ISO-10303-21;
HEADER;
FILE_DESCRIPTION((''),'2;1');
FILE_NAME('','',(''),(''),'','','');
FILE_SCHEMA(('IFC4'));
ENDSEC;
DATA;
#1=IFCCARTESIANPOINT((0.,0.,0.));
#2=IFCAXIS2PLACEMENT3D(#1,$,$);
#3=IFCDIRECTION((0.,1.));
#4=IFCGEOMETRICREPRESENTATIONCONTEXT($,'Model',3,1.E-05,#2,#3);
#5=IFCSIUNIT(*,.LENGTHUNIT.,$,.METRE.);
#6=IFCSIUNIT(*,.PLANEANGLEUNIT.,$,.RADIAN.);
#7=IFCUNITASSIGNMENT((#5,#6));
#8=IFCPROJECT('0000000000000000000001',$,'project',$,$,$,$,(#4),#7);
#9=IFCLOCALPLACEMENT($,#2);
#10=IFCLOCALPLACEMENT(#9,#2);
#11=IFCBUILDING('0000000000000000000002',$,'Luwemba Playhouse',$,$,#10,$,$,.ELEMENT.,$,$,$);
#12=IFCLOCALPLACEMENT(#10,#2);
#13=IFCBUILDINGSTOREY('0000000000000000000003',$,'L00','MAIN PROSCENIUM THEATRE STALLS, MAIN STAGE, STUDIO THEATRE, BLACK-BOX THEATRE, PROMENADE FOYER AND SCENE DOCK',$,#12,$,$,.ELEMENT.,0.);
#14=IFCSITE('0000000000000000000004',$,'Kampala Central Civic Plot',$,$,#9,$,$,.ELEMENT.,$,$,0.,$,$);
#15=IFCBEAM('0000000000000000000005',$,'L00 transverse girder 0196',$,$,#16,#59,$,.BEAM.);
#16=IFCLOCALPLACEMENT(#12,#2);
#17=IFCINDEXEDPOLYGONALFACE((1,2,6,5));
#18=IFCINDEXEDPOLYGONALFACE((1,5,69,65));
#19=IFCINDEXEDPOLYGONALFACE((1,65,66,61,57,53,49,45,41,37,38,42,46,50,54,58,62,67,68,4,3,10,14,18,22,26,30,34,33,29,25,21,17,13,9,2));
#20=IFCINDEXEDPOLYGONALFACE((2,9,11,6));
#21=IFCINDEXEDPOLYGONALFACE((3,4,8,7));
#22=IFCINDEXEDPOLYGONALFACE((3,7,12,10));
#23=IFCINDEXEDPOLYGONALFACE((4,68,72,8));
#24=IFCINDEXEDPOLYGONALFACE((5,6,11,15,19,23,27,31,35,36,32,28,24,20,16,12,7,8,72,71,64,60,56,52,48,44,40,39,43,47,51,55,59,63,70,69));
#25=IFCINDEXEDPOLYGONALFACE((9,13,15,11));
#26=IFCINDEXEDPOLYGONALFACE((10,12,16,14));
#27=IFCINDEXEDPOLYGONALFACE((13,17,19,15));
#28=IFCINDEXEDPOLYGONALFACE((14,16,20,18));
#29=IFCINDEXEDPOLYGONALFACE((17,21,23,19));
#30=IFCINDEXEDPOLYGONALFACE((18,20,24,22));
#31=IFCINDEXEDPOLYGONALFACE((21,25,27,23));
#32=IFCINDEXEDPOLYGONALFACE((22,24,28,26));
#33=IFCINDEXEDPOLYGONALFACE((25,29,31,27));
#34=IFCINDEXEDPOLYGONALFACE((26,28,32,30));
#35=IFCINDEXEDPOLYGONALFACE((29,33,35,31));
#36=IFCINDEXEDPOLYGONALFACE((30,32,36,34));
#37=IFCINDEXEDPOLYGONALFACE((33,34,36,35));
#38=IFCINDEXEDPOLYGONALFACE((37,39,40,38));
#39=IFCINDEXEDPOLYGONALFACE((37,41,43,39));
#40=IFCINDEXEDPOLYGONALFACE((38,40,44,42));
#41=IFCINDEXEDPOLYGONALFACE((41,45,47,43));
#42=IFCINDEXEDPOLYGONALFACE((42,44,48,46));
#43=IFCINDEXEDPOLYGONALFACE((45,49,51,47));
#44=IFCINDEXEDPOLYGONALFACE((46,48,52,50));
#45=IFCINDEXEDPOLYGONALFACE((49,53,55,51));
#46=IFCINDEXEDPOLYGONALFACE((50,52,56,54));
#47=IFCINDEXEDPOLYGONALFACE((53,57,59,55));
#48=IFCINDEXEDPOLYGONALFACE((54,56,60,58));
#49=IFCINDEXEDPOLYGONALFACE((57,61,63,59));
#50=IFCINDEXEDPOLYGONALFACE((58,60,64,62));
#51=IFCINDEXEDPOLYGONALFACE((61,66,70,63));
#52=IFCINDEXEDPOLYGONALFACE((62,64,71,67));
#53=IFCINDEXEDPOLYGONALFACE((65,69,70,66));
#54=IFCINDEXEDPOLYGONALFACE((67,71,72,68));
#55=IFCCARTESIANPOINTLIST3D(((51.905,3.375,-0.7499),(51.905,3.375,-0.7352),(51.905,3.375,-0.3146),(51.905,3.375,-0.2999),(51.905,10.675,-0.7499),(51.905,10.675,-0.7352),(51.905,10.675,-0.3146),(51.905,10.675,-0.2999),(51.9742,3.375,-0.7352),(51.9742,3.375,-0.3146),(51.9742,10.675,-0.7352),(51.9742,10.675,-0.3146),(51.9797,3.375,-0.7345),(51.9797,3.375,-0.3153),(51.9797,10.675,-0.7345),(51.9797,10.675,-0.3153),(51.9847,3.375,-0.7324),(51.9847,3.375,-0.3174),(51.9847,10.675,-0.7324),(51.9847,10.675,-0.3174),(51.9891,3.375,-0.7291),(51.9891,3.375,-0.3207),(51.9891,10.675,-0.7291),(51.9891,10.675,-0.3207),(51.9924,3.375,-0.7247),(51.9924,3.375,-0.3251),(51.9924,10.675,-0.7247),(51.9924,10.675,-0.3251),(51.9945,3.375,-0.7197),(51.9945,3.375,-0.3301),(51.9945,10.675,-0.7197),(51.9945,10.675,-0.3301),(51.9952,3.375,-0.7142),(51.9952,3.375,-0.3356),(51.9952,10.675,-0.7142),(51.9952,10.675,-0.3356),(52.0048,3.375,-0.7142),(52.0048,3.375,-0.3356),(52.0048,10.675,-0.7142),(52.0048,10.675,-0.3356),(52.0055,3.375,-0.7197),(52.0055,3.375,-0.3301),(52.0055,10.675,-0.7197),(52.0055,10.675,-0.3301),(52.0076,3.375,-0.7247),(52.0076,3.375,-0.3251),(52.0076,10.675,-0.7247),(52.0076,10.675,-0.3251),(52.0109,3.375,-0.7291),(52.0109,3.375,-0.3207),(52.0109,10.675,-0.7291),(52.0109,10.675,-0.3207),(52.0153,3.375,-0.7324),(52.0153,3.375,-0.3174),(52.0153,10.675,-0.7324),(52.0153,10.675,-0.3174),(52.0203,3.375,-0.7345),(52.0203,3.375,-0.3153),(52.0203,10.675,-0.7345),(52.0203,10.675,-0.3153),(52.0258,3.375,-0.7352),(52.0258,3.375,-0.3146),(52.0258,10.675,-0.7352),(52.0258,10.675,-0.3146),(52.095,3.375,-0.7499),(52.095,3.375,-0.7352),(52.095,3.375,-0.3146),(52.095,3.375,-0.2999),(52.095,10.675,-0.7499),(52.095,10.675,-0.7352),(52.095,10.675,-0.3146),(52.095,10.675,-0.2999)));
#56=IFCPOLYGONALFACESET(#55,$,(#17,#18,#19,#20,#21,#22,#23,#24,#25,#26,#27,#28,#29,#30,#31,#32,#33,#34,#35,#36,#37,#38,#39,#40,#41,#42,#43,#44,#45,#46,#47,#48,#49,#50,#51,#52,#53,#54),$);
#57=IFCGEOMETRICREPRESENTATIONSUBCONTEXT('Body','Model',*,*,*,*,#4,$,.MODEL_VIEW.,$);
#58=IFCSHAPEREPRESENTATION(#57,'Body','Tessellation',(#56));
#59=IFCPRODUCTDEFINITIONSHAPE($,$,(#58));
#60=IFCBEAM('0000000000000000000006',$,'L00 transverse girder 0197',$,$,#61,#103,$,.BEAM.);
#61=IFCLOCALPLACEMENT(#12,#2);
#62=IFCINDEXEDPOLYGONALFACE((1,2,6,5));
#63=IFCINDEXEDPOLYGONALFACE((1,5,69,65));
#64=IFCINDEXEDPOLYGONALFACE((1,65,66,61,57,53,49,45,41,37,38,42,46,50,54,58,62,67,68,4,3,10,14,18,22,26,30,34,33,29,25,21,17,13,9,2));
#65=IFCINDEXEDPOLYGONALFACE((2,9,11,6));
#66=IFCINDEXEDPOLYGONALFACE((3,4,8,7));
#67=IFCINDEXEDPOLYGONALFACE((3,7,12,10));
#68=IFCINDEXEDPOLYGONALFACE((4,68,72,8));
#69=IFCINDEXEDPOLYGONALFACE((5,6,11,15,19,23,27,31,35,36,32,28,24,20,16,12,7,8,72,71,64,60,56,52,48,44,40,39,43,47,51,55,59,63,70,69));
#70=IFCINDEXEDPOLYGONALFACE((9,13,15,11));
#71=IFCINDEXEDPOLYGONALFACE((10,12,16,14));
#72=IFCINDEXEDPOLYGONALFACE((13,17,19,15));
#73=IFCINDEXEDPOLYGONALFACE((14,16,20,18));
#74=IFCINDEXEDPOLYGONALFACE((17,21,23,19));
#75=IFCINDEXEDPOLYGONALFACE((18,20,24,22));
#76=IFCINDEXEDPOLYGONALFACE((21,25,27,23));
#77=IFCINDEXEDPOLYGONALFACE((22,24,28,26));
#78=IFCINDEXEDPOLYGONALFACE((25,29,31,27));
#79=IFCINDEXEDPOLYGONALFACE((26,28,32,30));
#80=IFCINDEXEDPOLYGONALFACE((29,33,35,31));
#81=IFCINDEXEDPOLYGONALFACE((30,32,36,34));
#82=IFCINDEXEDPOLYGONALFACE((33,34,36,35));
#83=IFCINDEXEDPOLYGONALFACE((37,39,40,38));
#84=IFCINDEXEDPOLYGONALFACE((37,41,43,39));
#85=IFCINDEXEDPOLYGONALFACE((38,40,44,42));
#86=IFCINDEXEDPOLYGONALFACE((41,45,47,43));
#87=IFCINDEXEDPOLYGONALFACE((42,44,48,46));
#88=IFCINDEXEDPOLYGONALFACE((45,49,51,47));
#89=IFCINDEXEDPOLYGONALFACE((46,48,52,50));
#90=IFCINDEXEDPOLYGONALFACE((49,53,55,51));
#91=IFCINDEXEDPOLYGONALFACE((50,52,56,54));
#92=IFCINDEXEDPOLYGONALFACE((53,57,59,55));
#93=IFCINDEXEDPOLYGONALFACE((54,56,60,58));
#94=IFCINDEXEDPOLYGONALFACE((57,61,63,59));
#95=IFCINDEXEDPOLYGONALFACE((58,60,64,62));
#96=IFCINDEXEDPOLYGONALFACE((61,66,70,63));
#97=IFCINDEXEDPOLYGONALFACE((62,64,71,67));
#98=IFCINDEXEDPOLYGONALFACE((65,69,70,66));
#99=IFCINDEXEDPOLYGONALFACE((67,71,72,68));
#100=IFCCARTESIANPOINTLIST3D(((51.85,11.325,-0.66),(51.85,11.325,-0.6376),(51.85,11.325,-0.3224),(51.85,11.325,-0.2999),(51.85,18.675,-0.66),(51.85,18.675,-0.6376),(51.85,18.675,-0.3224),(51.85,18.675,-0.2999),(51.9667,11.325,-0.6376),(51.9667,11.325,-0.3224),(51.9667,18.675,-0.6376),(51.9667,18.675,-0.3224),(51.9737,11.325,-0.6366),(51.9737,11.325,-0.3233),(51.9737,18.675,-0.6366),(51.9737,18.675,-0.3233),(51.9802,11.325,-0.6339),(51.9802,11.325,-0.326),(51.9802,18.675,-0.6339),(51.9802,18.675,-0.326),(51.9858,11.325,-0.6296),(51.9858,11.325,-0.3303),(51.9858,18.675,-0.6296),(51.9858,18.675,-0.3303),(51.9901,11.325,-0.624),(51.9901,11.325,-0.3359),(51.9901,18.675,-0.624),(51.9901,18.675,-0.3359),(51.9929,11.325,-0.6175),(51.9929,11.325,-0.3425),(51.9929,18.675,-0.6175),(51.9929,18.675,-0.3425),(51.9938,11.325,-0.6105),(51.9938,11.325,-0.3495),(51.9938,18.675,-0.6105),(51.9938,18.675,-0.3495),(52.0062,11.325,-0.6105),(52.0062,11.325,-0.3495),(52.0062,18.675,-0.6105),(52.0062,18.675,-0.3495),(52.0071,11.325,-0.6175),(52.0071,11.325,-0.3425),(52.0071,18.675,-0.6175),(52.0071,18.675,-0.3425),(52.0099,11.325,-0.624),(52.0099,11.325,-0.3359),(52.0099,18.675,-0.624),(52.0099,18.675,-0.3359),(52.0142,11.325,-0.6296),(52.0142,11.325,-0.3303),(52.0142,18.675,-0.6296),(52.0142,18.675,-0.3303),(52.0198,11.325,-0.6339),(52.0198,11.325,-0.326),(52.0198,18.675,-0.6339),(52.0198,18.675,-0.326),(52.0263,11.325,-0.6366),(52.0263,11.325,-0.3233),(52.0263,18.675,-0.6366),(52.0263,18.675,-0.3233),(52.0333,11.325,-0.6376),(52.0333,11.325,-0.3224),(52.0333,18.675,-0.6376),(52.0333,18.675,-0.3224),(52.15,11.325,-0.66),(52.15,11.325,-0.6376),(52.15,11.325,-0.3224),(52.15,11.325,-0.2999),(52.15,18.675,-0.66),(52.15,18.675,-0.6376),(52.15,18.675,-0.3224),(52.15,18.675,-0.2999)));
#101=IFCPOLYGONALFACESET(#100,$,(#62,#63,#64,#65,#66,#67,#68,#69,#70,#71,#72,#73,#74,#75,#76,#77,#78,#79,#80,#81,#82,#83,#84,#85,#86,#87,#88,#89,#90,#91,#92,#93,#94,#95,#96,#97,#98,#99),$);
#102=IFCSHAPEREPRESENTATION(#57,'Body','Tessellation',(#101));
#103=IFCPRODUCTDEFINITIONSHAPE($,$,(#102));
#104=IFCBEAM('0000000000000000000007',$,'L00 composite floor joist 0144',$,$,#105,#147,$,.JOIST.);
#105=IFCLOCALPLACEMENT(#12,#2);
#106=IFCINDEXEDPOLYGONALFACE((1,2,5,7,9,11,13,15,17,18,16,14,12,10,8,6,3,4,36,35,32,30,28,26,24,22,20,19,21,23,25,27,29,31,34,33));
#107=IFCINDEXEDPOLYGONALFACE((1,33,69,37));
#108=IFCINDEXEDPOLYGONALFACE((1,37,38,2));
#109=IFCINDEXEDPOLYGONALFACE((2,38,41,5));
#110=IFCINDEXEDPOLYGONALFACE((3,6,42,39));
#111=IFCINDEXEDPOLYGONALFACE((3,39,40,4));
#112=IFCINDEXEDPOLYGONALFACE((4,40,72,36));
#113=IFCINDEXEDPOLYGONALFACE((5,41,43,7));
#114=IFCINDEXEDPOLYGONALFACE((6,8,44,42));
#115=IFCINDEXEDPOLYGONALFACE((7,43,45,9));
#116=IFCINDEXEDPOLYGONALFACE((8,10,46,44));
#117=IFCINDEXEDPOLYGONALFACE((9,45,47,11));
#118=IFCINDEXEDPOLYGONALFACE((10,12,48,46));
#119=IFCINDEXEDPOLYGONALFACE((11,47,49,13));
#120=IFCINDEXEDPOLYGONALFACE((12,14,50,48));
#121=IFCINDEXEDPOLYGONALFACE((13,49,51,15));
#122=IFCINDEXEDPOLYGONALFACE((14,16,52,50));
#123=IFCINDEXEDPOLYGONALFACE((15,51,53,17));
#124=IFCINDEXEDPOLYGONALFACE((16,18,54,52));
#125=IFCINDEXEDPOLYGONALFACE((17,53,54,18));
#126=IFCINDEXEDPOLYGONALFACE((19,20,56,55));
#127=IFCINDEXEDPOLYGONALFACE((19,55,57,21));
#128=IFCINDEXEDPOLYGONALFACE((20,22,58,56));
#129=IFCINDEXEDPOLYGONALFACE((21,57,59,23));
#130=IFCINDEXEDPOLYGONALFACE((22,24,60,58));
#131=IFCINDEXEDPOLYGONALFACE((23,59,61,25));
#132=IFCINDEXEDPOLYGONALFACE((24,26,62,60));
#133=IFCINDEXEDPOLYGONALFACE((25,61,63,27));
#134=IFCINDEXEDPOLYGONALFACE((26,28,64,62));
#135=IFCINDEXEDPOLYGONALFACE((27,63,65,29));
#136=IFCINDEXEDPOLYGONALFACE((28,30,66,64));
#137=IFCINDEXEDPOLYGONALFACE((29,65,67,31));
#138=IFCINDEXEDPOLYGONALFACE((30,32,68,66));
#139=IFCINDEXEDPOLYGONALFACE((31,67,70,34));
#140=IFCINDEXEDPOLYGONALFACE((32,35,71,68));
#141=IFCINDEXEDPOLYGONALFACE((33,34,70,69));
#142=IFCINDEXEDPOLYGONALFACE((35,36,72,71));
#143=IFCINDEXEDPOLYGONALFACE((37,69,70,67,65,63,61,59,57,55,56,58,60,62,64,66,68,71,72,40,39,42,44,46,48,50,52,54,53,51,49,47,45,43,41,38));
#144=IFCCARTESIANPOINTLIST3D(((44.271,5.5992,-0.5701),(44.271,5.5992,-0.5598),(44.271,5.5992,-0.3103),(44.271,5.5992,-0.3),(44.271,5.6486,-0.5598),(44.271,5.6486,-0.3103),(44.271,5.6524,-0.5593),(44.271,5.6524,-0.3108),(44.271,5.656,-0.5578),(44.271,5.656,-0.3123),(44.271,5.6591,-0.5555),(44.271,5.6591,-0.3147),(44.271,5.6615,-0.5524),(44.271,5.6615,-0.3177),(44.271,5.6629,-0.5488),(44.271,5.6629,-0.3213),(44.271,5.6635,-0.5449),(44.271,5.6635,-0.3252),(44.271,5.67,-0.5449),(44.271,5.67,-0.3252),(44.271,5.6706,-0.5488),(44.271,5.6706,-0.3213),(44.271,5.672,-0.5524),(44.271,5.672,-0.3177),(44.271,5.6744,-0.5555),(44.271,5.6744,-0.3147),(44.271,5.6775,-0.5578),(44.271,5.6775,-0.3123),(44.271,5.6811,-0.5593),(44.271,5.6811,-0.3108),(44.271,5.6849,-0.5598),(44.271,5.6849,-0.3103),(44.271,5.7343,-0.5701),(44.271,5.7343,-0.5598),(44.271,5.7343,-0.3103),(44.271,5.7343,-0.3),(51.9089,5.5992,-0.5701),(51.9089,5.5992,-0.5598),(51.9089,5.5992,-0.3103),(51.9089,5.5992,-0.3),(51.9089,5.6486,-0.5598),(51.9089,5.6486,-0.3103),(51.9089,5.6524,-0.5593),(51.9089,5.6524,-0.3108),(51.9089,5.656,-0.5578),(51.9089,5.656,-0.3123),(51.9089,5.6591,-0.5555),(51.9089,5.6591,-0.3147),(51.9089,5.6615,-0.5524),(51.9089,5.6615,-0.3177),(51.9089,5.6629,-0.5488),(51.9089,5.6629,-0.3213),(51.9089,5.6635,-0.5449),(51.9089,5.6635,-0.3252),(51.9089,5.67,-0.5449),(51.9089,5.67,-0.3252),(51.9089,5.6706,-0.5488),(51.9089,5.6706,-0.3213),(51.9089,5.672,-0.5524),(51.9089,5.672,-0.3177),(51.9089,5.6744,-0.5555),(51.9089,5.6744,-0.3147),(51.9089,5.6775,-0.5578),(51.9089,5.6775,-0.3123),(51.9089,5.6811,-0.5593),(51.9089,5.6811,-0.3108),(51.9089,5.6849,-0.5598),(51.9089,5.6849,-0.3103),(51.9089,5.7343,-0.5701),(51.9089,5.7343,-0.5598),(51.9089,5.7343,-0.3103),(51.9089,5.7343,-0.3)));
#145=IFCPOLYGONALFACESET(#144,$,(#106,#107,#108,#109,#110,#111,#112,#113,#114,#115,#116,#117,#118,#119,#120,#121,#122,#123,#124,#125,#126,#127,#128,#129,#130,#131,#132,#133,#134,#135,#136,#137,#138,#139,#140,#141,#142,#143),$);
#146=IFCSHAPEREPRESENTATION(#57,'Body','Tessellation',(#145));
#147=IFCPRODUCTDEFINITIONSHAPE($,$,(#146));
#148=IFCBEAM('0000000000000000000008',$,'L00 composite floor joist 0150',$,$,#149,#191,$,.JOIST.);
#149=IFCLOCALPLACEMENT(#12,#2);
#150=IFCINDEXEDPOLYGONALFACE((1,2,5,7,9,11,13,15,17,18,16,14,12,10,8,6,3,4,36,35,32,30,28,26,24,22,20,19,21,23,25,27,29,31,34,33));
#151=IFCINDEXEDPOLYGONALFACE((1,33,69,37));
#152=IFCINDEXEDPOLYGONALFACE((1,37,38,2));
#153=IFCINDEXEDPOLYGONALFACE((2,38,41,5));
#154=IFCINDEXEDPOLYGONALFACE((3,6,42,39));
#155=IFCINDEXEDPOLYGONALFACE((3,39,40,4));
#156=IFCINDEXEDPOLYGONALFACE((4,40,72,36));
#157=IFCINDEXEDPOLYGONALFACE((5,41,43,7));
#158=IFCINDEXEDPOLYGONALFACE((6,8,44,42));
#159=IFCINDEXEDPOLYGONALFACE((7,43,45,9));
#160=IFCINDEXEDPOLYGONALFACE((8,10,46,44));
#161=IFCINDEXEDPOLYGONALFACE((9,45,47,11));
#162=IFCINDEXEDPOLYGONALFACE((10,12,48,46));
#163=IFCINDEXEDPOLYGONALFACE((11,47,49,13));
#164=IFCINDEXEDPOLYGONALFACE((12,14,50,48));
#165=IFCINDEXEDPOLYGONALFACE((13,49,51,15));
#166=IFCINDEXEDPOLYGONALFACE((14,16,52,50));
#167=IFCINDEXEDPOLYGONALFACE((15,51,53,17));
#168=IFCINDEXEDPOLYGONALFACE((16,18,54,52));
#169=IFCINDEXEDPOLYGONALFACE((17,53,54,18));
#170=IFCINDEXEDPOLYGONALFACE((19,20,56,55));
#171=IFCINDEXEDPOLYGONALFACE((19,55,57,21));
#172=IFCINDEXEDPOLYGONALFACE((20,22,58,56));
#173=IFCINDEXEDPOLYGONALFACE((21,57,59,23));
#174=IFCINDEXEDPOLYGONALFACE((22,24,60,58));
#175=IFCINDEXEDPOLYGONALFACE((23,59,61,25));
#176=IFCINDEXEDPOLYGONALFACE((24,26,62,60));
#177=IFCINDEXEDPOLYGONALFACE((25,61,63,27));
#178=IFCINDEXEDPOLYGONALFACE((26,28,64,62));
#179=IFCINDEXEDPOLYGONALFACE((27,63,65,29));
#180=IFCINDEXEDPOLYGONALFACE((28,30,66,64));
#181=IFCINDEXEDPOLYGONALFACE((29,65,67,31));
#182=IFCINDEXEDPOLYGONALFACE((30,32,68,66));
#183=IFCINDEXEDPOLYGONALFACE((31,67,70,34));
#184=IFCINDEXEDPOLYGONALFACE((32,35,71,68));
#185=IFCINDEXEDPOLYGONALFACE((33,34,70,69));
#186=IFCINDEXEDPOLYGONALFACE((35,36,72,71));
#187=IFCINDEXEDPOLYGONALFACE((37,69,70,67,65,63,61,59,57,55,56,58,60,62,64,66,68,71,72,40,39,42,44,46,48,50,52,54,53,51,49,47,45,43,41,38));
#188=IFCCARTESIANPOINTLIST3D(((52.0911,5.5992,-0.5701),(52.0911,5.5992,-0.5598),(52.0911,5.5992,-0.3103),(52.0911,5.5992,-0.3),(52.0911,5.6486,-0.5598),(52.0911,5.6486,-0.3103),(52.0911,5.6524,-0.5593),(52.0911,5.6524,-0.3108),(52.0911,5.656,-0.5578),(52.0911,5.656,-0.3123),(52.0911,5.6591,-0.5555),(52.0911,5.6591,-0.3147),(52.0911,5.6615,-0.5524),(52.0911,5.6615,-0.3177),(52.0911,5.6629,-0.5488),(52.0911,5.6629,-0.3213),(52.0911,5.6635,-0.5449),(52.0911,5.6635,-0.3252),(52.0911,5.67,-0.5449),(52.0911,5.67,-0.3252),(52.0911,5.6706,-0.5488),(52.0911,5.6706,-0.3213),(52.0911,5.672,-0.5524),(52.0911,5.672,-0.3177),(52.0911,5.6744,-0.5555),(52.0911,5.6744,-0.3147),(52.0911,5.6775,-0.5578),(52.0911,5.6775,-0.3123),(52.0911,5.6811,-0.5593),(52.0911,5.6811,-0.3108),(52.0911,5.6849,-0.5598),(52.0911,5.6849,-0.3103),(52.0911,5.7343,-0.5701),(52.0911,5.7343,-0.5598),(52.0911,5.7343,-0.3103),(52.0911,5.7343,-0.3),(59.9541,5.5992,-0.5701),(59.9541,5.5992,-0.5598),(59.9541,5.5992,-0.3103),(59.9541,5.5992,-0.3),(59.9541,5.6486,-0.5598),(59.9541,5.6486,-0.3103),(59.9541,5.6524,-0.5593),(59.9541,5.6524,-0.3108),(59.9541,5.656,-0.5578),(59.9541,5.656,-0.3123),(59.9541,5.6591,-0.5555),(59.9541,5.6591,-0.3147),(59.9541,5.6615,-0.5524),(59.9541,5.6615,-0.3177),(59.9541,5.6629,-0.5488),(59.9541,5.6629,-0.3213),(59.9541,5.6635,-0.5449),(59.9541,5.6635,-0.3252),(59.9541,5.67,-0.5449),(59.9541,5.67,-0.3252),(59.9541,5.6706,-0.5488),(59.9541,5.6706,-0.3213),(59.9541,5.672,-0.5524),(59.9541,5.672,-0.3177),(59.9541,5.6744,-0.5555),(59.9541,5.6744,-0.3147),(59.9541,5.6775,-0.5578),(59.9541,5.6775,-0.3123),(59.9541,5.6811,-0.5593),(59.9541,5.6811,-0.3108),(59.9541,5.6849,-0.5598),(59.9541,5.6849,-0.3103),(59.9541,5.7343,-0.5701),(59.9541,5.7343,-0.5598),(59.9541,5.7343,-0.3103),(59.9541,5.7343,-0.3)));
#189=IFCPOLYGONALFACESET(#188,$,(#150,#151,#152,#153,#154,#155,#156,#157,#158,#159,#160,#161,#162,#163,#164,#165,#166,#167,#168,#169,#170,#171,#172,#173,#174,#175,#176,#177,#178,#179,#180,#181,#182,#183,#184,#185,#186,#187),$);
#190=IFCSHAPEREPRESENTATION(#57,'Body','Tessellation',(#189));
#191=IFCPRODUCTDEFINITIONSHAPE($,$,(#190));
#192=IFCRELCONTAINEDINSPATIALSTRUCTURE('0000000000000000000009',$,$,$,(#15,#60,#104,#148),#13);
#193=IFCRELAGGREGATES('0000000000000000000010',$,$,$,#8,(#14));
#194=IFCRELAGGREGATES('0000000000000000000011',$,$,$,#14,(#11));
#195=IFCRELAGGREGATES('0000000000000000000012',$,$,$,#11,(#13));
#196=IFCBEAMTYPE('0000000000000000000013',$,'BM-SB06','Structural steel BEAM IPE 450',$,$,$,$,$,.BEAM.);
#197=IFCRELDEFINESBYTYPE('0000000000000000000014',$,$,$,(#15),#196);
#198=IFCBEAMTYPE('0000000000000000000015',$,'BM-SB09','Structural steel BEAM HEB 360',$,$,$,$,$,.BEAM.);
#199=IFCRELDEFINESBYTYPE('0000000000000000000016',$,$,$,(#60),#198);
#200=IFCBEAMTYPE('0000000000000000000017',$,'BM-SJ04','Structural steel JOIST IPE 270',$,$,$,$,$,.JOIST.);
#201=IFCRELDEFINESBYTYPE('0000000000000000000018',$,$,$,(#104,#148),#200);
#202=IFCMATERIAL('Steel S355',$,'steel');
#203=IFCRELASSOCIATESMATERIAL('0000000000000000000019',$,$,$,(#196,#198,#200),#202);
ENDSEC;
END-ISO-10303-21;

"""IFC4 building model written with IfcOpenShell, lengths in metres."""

from ifc_helpers import new_model, si_unit, direction, frame, origin, origin_2d, place, context, subcontext, project, spatial, i_section, extrude, material, material_profile, profile_set, type_object, element, save


model = new_model("IFC4")

# Units and contexts
model_context = context("Model", 3, precision=1e-05, world=origin(), true_north=direction((0.0, 1.0)))
body_context = subcontext(model_context, "Body", "Model", "MODEL_VIEW")
ifc_project = project(units=[si_unit("LENGTHUNIT", "METRE"), si_unit("PLANEANGLEUNIT", "RADIAN")], contexts=[model_context])

# Site, building, storey
site_placement = place(None, origin())
site = spatial("IfcSite", under=ifc_project, at=site_placement, Name="Kampala Central Civic Plot", CompositionType="ELEMENT", RefElevation=0.0)
building_placement = place(site_placement, origin())
building = spatial("IfcBuilding", under=site, at=building_placement, Name="Luwemba Playhouse", CompositionType="ELEMENT")
storey_placement = place(building_placement, origin())
storey = spatial("IfcBuildingStorey", under=building, at=storey_placement, Name="L00", Description="MAIN PROSCENIUM THEATRE STALLS, MAIN STAGE, STUDIO THEATRE, BLACK-BOX THEATRE, PROMENADE FOYER AND SCENE DOCK", CompositionType="ELEMENT", Elevation=0.0)

# Beams
ifc_material_1 = material(Name="Steel S355", Category="steel")
ifc_material_profile_1 = material_profile(ifc_material_1, i_section(OverallWidth=0.1899, OverallDepth=0.45, WebThickness=0.0095, FlangeThickness=0.0146, FilletRadius=0.021, at=origin_2d()))
ifc_profile_set_1 = profile_set([ifc_material_profile_1], Name="Steel S355")
beam_type_1 = type_object("IfcBeamType", Name="BM-SB06", Description="Structural steel BEAM IPE 450", PredefinedType="BEAM", material=ifc_profile_set_1)
beam_1_placement = place(storey_placement, frame((52.0, 3.375, -0.5249), z_axis=(0.0, 1.0, 0.0), x_axis=(-1.0, 0.0, 0.0)))
element("IfcBeam", 1, at=beam_1_placement, inside=storey, type_object=beam_type_1, Name="L00 transverse girder 0196", PredefinedType="BEAM", context=body_context, shape_type="SweptSolid", body=[
    extrude(i_section(OverallWidth=0.1899, OverallDepth=0.45, WebThickness=0.0095, FlangeThickness=0.0146, FilletRadius=0.021, at=origin_2d()), origin(), (0.0, 0.0, 1.0), 7.3),
])
ifc_material_profile_2 = material_profile(ifc_material_1, i_section(OverallWidth=0.3, OverallDepth=0.3601, WebThickness=0.0125, FlangeThickness=0.0225, FilletRadius=0.0271, at=origin_2d()))
ifc_profile_set_2 = profile_set([ifc_material_profile_2], Name="Steel S355")
beam_type_2 = type_object("IfcBeamType", Name="BM-SB09", Description="Structural steel BEAM HEB 360", PredefinedType="BEAM", material=ifc_profile_set_2)
beam_2_placement = place(storey_placement, frame((52.0, 11.325, -0.48), z_axis=(0.0, 1.0, 0.0), x_axis=(-1.0, 0.0, 0.0)))
element("IfcBeam", 2, at=beam_2_placement, inside=storey, type_object=beam_type_2, Name="L00 transverse girder 0197", PredefinedType="BEAM", context=body_context, shape_type="SweptSolid", body=[
    extrude(i_section(OverallWidth=0.3, OverallDepth=0.3601, WebThickness=0.0125, FlangeThickness=0.0225, FilletRadius=0.0271, at=origin_2d()), origin(), (0.0, 0.0, 1.0), 7.3501),
])
ifc_material_profile_3 = material_profile(ifc_material_1, i_section(OverallWidth=0.135, OverallDepth=0.27, WebThickness=0.0066, FlangeThickness=0.0103, FilletRadius=0.0149, at=origin_2d()))
ifc_profile_set_3 = profile_set([ifc_material_profile_3], Name="Steel S355")
beam_type_3 = type_object("IfcBeamType", Name="BM-SJ04", Description="Structural steel JOIST IPE 270", PredefinedType="JOIST", material=ifc_profile_set_3)
beam_3_placement = place(storey_placement, frame((44.271, 5.6667, -0.4351), z_axis=(1.0, 0.0, 0.0), x_axis=(0.0, 1.0, 0.0)))
element("IfcBeam", 3, at=beam_3_placement, inside=storey, type_object=beam_type_3, Name="L00 composite floor joist 0144", PredefinedType="JOIST", context=body_context, shape_type="SweptSolid", body=[
    extrude(i_section(OverallWidth=0.135, OverallDepth=0.27, WebThickness=0.0066, FlangeThickness=0.0103, FilletRadius=0.0149, at=origin_2d()), origin(), (0.0, 0.0, 1.0), 7.6379),
])
beam_4_placement = place(storey_placement, frame((52.0911, 5.6667, -0.4351), z_axis=(1.0, 0.0, 0.0), x_axis=(0.0, 1.0, 0.0)))
element("IfcBeam", 4, at=beam_4_placement, inside=storey, type_object=beam_type_3, Name="L00 composite floor joist 0150", PredefinedType="JOIST", context=body_context, shape_type="SweptSolid", body=[
    extrude(i_section(OverallWidth=0.135, OverallDepth=0.27, WebThickness=0.0066, FlangeThickness=0.0103, FilletRadius=0.0149, at=origin_2d()), origin(), (0.0, 0.0, 1.0), 7.863),
])

save(model, "model.ifc")
